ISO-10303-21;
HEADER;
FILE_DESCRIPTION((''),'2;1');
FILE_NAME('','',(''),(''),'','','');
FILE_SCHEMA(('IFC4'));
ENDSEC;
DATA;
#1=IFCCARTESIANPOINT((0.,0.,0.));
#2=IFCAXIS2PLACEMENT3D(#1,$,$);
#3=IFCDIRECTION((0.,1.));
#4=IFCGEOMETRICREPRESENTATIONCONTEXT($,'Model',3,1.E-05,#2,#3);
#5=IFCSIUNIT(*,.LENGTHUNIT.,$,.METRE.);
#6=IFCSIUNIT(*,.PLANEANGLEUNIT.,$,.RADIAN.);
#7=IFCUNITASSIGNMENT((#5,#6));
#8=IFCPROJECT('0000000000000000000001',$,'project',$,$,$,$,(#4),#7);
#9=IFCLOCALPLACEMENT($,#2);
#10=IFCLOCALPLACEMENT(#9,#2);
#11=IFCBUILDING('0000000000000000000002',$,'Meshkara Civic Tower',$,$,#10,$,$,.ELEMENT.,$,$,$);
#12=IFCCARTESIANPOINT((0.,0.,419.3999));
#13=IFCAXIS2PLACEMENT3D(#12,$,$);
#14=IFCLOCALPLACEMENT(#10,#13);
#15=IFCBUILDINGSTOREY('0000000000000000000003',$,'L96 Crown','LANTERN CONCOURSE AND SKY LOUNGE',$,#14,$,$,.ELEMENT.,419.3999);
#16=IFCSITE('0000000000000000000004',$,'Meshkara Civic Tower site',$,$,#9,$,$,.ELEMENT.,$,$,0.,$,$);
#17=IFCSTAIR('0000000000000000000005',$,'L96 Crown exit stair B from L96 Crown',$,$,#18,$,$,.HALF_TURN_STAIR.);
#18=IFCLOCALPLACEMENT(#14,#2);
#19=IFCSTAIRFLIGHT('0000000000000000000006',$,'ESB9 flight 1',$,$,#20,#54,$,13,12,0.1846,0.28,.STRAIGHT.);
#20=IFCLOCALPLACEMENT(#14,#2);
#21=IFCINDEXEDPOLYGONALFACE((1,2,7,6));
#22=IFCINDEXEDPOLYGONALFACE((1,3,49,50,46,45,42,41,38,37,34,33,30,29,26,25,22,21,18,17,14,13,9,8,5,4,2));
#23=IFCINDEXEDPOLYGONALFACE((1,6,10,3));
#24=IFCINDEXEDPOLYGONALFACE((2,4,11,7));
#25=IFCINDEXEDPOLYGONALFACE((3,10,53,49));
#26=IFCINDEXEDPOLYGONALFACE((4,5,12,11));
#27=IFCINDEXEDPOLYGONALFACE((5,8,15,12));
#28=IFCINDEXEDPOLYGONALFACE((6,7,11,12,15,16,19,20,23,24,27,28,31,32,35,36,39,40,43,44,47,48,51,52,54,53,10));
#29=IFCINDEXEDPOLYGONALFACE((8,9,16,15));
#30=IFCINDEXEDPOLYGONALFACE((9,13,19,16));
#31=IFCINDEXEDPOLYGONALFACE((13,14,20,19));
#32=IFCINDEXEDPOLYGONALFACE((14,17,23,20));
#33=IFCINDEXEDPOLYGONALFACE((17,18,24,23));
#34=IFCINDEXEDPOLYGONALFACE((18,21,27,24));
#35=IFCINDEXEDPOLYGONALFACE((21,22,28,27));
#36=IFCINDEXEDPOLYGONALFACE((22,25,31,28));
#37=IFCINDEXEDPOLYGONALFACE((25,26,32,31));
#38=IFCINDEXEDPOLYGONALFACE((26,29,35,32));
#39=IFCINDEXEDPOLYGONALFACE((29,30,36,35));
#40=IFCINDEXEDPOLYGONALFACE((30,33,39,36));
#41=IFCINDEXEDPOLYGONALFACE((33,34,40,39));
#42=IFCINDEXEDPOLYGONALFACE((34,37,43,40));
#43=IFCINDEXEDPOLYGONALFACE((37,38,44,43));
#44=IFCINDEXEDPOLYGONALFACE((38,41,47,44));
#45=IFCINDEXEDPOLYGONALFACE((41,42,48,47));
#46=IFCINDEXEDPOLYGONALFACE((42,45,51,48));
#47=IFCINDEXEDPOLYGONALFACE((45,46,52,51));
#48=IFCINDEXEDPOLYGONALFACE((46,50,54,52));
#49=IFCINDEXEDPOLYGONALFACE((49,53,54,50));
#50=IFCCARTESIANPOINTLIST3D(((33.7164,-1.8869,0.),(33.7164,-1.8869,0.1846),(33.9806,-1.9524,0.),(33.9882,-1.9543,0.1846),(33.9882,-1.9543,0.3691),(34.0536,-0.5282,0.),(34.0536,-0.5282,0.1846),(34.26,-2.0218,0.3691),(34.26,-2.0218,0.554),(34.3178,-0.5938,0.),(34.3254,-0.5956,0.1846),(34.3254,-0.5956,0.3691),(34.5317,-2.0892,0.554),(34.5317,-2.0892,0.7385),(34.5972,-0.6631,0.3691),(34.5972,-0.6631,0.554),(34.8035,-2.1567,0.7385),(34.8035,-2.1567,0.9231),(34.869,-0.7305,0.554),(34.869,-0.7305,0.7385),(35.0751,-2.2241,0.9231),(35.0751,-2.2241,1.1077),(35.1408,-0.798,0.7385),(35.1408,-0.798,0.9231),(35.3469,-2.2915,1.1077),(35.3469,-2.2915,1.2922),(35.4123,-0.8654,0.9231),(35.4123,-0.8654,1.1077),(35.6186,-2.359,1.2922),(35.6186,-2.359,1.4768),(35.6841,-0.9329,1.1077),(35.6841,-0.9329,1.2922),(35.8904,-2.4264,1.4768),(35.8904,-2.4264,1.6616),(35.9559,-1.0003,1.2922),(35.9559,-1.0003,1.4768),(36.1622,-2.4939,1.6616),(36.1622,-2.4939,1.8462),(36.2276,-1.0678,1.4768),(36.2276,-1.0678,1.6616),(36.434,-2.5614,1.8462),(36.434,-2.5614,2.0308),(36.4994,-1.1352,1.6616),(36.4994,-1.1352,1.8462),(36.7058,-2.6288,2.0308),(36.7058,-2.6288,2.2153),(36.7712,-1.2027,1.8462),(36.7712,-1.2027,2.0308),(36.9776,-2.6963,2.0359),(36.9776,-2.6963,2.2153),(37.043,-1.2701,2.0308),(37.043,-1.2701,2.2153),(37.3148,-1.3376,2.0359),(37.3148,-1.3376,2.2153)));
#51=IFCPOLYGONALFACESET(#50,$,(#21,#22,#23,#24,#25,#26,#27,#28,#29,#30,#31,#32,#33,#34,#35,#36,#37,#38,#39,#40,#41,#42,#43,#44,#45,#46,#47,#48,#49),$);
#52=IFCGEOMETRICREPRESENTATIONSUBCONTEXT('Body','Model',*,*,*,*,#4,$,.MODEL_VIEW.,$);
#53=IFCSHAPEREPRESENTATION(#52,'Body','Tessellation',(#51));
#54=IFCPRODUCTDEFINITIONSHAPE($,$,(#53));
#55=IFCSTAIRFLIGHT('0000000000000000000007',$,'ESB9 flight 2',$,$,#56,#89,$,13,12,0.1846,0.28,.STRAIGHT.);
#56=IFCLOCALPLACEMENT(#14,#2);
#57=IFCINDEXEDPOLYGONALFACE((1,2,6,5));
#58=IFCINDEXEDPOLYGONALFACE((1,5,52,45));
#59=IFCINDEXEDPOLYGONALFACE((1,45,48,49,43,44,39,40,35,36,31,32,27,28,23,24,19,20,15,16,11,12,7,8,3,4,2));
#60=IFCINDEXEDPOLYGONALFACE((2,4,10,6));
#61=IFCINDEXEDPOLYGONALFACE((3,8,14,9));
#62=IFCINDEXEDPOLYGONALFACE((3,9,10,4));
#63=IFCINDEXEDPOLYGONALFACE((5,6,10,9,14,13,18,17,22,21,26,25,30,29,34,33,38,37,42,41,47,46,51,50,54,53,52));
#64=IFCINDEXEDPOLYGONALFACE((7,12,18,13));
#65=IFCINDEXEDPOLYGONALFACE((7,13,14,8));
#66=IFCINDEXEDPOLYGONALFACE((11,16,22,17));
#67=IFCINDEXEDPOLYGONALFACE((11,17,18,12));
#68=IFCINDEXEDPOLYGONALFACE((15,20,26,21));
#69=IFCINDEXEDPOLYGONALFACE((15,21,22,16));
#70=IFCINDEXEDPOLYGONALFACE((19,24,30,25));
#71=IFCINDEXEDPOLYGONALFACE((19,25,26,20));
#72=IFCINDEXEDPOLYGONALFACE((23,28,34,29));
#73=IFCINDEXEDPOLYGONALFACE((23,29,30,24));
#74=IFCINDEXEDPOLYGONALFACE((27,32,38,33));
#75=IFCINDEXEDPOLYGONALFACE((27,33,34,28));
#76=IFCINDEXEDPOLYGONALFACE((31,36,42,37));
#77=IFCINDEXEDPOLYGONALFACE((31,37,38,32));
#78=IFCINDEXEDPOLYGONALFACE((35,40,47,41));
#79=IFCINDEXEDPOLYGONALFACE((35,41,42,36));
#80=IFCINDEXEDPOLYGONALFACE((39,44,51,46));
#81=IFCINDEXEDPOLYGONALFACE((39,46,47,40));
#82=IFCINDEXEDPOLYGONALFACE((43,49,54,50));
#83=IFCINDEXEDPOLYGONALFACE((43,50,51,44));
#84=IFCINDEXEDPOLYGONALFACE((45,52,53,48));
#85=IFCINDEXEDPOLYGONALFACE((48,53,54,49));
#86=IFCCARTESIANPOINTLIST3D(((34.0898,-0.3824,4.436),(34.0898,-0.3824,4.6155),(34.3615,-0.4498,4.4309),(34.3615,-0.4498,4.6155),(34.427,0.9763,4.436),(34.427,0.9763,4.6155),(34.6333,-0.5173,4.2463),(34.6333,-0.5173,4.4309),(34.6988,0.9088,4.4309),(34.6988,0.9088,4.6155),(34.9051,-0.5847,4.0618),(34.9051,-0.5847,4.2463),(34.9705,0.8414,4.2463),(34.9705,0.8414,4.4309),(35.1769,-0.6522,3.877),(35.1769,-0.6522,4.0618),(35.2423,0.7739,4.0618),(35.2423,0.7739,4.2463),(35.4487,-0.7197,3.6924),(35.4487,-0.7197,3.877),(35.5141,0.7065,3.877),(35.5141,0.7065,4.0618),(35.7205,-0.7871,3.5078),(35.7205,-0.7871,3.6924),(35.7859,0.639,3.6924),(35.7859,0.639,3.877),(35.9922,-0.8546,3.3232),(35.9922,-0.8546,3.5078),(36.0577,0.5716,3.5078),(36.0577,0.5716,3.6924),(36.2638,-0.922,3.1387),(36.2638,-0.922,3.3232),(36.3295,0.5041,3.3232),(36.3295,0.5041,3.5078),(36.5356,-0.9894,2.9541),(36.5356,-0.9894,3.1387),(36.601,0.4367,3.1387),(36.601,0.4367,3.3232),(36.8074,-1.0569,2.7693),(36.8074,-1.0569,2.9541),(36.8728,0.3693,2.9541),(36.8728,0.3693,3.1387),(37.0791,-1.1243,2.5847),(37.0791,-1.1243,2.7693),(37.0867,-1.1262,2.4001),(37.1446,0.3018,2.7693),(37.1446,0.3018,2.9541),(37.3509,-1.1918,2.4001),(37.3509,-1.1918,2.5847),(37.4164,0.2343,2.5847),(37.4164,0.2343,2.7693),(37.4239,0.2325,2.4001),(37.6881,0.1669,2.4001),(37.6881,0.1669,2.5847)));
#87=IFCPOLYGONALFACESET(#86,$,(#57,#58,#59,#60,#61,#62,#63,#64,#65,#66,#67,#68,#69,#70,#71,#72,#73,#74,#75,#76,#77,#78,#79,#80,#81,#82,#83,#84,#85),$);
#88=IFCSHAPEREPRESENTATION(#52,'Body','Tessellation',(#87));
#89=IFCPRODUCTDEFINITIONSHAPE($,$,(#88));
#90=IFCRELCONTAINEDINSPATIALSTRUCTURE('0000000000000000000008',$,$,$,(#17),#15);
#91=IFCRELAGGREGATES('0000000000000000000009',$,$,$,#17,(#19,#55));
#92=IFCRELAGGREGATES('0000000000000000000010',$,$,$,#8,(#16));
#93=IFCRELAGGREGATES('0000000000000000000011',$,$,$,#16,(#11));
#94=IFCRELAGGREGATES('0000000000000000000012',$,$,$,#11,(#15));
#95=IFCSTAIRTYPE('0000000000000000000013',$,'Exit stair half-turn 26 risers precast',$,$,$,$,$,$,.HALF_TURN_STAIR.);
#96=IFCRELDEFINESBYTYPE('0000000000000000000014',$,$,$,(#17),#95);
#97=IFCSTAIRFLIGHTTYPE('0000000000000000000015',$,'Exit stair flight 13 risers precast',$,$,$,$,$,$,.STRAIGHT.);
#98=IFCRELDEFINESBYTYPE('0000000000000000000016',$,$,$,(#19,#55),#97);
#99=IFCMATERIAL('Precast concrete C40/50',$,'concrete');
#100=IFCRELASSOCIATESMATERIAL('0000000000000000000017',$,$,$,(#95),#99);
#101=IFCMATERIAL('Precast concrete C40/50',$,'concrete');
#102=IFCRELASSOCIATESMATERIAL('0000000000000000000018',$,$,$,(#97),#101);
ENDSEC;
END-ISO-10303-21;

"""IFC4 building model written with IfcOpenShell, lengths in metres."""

from ifc_helpers import new_model, si_unit, direction, frame, origin, place, context, subcontext, project, spatial, polyline, outline, extrude, material, type_object, element, aggregate, save


model = new_model("IFC4")

# Units and contexts
model_context = context("Model", 3, precision=1e-05, world=origin(), true_north=direction((0.0, 1.0)))
body_context = subcontext(model_context, "Body", "Model", "MODEL_VIEW")
ifc_project = project(units=[si_unit("LENGTHUNIT", "METRE"), si_unit("PLANEANGLEUNIT", "RADIAN")], contexts=[model_context])

# Site, building, storey
site_placement = place(None, origin())
site = spatial("IfcSite", under=ifc_project, at=site_placement, Name="Meshkara Civic Tower site", CompositionType="ELEMENT", RefElevation=0.0)
building_placement = place(site_placement, origin())
building = spatial("IfcBuilding", under=site, at=building_placement, Name="Meshkara Civic Tower", CompositionType="ELEMENT")
storey_placement = place(building_placement, frame((0.0, 0.0, 419.3999)))
storey = spatial("IfcBuildingStorey", under=building, at=storey_placement, Name="L96 Crown", Description="LANTERN CONCOURSE AND SKY LOUNGE", CompositionType="ELEMENT", Elevation=419.3999)

# Stair, stair flights
ifc_material_1 = material(Name="Precast concrete C40/50", Category="concrete")
stair_type = type_object("IfcStairType", Name="Exit stair half-turn 26 risers precast", PredefinedType="HALF_TURN_STAIR", material=ifc_material_1)
stair_placement = place(storey_placement, origin())
stair = element("IfcStair", 1, at=stair_placement, inside=storey, type_object=stair_type, Name="L96 Crown exit stair B from L96 Crown", PredefinedType="HALF_TURN_STAIR")
ifc_material_2 = material(Name="Precast concrete C40/50", Category="concrete")
stair_flight_type = type_object("IfcStairFlightType", Name="Exit stair flight 13 risers precast", PredefinedType="STRAIGHT", material=ifc_material_2)
stair_flight_1_placement = place(storey_placement, frame((33.885, -1.2075, 0.0), z_axis=(0.0, 0.0, 1.0), x_axis=(0.970553, -0.240889, 0.0)))
stair_flight_1 = element("IfcStairFlight", 2, at=stair_flight_1_placement, type_object=stair_flight_type, Name="ESB9 flight 1", NumberOfRisers=13, NumberOfTreads=12, PredefinedType="STRAIGHT", RiserHeight=0.1846, TreadLength=0.28, context=body_context, shape_type="SweptSolid", body=[
    extrude(outline(polyline([(0.0, 0.0), (0.0, 0.1846), (0.28, 0.1846), (0.28, 0.3691), (0.5601, 0.3691), (0.5601, 0.554), (0.8401, 0.554), (0.8401, 0.7385), (1.1201, 0.7385), (1.1201, 0.9231), (1.3999, 0.9231), (1.3999, 1.1077), (1.6799, 1.1077), (1.6799, 1.2922), (1.96, 1.2922), (1.96, 1.4768), (2.24, 1.4768), (2.24, 1.6616), (2.52, 1.6616), (2.52, 1.8462), (2.8, 1.8462), (2.8, 2.0308), (3.0801, 2.0308), (3.0801, 2.2153), (3.3601, 2.2153), (3.3601, 2.3999), (3.3601, 2.0359), (0.2722, 0.0), (0.0, 0.0)])), frame((0.0, 0.7, 0.0), z_axis=(0.0, -1.0, 0.0), x_axis=(1.0, 0.0, 0.0)), (0.0, 0.0, 1.0), 1.3999),
])
stair_flight_2_placement = place(storey_placement, frame((37.5195, -0.5125, 2.4001), z_axis=(0.0, 0.0, 1.0), x_axis=(-0.970553, 0.240889, 0.0)))
stair_flight_2 = element("IfcStairFlight", 3, at=stair_flight_2_placement, type_object=stair_flight_type, Name="ESB9 flight 2", NumberOfRisers=13, NumberOfTreads=12, PredefinedType="STRAIGHT", RiserHeight=0.1846, TreadLength=0.28, context=body_context, shape_type="SweptSolid", body=[
    extrude(outline(polyline([(0.0, 0.0), (0.0, 0.1846), (0.28, 0.1846), (0.28, 0.3691), (0.5601, 0.3691), (0.5601, 0.554), (0.8401, 0.554), (0.8401, 0.7385), (1.1201, 0.7385), (1.1201, 0.9231), (1.3999, 0.9231), (1.3999, 1.1077), (1.6799, 1.1077), (1.6799, 1.2922), (1.96, 1.2922), (1.96, 1.4768), (2.24, 1.4768), (2.24, 1.6616), (2.52, 1.6616), (2.52, 1.8462), (2.8, 1.8462), (2.8, 2.0308), (3.0801, 2.0308), (3.0801, 2.2153), (3.3601, 2.2153), (3.3601, 2.3999), (3.3601, 2.0359), (0.2722, 0.0), (0.0, 0.0)])), frame((0.0, 0.7, 0.0), z_axis=(0.0, -1.0, 0.0), x_axis=(1.0, 0.0, 0.0)), (0.0, 0.0, 1.0), 1.3999),
])
aggregate(stair, [stair_flight_1, stair_flight_2])

save(model, "model.ifc")
